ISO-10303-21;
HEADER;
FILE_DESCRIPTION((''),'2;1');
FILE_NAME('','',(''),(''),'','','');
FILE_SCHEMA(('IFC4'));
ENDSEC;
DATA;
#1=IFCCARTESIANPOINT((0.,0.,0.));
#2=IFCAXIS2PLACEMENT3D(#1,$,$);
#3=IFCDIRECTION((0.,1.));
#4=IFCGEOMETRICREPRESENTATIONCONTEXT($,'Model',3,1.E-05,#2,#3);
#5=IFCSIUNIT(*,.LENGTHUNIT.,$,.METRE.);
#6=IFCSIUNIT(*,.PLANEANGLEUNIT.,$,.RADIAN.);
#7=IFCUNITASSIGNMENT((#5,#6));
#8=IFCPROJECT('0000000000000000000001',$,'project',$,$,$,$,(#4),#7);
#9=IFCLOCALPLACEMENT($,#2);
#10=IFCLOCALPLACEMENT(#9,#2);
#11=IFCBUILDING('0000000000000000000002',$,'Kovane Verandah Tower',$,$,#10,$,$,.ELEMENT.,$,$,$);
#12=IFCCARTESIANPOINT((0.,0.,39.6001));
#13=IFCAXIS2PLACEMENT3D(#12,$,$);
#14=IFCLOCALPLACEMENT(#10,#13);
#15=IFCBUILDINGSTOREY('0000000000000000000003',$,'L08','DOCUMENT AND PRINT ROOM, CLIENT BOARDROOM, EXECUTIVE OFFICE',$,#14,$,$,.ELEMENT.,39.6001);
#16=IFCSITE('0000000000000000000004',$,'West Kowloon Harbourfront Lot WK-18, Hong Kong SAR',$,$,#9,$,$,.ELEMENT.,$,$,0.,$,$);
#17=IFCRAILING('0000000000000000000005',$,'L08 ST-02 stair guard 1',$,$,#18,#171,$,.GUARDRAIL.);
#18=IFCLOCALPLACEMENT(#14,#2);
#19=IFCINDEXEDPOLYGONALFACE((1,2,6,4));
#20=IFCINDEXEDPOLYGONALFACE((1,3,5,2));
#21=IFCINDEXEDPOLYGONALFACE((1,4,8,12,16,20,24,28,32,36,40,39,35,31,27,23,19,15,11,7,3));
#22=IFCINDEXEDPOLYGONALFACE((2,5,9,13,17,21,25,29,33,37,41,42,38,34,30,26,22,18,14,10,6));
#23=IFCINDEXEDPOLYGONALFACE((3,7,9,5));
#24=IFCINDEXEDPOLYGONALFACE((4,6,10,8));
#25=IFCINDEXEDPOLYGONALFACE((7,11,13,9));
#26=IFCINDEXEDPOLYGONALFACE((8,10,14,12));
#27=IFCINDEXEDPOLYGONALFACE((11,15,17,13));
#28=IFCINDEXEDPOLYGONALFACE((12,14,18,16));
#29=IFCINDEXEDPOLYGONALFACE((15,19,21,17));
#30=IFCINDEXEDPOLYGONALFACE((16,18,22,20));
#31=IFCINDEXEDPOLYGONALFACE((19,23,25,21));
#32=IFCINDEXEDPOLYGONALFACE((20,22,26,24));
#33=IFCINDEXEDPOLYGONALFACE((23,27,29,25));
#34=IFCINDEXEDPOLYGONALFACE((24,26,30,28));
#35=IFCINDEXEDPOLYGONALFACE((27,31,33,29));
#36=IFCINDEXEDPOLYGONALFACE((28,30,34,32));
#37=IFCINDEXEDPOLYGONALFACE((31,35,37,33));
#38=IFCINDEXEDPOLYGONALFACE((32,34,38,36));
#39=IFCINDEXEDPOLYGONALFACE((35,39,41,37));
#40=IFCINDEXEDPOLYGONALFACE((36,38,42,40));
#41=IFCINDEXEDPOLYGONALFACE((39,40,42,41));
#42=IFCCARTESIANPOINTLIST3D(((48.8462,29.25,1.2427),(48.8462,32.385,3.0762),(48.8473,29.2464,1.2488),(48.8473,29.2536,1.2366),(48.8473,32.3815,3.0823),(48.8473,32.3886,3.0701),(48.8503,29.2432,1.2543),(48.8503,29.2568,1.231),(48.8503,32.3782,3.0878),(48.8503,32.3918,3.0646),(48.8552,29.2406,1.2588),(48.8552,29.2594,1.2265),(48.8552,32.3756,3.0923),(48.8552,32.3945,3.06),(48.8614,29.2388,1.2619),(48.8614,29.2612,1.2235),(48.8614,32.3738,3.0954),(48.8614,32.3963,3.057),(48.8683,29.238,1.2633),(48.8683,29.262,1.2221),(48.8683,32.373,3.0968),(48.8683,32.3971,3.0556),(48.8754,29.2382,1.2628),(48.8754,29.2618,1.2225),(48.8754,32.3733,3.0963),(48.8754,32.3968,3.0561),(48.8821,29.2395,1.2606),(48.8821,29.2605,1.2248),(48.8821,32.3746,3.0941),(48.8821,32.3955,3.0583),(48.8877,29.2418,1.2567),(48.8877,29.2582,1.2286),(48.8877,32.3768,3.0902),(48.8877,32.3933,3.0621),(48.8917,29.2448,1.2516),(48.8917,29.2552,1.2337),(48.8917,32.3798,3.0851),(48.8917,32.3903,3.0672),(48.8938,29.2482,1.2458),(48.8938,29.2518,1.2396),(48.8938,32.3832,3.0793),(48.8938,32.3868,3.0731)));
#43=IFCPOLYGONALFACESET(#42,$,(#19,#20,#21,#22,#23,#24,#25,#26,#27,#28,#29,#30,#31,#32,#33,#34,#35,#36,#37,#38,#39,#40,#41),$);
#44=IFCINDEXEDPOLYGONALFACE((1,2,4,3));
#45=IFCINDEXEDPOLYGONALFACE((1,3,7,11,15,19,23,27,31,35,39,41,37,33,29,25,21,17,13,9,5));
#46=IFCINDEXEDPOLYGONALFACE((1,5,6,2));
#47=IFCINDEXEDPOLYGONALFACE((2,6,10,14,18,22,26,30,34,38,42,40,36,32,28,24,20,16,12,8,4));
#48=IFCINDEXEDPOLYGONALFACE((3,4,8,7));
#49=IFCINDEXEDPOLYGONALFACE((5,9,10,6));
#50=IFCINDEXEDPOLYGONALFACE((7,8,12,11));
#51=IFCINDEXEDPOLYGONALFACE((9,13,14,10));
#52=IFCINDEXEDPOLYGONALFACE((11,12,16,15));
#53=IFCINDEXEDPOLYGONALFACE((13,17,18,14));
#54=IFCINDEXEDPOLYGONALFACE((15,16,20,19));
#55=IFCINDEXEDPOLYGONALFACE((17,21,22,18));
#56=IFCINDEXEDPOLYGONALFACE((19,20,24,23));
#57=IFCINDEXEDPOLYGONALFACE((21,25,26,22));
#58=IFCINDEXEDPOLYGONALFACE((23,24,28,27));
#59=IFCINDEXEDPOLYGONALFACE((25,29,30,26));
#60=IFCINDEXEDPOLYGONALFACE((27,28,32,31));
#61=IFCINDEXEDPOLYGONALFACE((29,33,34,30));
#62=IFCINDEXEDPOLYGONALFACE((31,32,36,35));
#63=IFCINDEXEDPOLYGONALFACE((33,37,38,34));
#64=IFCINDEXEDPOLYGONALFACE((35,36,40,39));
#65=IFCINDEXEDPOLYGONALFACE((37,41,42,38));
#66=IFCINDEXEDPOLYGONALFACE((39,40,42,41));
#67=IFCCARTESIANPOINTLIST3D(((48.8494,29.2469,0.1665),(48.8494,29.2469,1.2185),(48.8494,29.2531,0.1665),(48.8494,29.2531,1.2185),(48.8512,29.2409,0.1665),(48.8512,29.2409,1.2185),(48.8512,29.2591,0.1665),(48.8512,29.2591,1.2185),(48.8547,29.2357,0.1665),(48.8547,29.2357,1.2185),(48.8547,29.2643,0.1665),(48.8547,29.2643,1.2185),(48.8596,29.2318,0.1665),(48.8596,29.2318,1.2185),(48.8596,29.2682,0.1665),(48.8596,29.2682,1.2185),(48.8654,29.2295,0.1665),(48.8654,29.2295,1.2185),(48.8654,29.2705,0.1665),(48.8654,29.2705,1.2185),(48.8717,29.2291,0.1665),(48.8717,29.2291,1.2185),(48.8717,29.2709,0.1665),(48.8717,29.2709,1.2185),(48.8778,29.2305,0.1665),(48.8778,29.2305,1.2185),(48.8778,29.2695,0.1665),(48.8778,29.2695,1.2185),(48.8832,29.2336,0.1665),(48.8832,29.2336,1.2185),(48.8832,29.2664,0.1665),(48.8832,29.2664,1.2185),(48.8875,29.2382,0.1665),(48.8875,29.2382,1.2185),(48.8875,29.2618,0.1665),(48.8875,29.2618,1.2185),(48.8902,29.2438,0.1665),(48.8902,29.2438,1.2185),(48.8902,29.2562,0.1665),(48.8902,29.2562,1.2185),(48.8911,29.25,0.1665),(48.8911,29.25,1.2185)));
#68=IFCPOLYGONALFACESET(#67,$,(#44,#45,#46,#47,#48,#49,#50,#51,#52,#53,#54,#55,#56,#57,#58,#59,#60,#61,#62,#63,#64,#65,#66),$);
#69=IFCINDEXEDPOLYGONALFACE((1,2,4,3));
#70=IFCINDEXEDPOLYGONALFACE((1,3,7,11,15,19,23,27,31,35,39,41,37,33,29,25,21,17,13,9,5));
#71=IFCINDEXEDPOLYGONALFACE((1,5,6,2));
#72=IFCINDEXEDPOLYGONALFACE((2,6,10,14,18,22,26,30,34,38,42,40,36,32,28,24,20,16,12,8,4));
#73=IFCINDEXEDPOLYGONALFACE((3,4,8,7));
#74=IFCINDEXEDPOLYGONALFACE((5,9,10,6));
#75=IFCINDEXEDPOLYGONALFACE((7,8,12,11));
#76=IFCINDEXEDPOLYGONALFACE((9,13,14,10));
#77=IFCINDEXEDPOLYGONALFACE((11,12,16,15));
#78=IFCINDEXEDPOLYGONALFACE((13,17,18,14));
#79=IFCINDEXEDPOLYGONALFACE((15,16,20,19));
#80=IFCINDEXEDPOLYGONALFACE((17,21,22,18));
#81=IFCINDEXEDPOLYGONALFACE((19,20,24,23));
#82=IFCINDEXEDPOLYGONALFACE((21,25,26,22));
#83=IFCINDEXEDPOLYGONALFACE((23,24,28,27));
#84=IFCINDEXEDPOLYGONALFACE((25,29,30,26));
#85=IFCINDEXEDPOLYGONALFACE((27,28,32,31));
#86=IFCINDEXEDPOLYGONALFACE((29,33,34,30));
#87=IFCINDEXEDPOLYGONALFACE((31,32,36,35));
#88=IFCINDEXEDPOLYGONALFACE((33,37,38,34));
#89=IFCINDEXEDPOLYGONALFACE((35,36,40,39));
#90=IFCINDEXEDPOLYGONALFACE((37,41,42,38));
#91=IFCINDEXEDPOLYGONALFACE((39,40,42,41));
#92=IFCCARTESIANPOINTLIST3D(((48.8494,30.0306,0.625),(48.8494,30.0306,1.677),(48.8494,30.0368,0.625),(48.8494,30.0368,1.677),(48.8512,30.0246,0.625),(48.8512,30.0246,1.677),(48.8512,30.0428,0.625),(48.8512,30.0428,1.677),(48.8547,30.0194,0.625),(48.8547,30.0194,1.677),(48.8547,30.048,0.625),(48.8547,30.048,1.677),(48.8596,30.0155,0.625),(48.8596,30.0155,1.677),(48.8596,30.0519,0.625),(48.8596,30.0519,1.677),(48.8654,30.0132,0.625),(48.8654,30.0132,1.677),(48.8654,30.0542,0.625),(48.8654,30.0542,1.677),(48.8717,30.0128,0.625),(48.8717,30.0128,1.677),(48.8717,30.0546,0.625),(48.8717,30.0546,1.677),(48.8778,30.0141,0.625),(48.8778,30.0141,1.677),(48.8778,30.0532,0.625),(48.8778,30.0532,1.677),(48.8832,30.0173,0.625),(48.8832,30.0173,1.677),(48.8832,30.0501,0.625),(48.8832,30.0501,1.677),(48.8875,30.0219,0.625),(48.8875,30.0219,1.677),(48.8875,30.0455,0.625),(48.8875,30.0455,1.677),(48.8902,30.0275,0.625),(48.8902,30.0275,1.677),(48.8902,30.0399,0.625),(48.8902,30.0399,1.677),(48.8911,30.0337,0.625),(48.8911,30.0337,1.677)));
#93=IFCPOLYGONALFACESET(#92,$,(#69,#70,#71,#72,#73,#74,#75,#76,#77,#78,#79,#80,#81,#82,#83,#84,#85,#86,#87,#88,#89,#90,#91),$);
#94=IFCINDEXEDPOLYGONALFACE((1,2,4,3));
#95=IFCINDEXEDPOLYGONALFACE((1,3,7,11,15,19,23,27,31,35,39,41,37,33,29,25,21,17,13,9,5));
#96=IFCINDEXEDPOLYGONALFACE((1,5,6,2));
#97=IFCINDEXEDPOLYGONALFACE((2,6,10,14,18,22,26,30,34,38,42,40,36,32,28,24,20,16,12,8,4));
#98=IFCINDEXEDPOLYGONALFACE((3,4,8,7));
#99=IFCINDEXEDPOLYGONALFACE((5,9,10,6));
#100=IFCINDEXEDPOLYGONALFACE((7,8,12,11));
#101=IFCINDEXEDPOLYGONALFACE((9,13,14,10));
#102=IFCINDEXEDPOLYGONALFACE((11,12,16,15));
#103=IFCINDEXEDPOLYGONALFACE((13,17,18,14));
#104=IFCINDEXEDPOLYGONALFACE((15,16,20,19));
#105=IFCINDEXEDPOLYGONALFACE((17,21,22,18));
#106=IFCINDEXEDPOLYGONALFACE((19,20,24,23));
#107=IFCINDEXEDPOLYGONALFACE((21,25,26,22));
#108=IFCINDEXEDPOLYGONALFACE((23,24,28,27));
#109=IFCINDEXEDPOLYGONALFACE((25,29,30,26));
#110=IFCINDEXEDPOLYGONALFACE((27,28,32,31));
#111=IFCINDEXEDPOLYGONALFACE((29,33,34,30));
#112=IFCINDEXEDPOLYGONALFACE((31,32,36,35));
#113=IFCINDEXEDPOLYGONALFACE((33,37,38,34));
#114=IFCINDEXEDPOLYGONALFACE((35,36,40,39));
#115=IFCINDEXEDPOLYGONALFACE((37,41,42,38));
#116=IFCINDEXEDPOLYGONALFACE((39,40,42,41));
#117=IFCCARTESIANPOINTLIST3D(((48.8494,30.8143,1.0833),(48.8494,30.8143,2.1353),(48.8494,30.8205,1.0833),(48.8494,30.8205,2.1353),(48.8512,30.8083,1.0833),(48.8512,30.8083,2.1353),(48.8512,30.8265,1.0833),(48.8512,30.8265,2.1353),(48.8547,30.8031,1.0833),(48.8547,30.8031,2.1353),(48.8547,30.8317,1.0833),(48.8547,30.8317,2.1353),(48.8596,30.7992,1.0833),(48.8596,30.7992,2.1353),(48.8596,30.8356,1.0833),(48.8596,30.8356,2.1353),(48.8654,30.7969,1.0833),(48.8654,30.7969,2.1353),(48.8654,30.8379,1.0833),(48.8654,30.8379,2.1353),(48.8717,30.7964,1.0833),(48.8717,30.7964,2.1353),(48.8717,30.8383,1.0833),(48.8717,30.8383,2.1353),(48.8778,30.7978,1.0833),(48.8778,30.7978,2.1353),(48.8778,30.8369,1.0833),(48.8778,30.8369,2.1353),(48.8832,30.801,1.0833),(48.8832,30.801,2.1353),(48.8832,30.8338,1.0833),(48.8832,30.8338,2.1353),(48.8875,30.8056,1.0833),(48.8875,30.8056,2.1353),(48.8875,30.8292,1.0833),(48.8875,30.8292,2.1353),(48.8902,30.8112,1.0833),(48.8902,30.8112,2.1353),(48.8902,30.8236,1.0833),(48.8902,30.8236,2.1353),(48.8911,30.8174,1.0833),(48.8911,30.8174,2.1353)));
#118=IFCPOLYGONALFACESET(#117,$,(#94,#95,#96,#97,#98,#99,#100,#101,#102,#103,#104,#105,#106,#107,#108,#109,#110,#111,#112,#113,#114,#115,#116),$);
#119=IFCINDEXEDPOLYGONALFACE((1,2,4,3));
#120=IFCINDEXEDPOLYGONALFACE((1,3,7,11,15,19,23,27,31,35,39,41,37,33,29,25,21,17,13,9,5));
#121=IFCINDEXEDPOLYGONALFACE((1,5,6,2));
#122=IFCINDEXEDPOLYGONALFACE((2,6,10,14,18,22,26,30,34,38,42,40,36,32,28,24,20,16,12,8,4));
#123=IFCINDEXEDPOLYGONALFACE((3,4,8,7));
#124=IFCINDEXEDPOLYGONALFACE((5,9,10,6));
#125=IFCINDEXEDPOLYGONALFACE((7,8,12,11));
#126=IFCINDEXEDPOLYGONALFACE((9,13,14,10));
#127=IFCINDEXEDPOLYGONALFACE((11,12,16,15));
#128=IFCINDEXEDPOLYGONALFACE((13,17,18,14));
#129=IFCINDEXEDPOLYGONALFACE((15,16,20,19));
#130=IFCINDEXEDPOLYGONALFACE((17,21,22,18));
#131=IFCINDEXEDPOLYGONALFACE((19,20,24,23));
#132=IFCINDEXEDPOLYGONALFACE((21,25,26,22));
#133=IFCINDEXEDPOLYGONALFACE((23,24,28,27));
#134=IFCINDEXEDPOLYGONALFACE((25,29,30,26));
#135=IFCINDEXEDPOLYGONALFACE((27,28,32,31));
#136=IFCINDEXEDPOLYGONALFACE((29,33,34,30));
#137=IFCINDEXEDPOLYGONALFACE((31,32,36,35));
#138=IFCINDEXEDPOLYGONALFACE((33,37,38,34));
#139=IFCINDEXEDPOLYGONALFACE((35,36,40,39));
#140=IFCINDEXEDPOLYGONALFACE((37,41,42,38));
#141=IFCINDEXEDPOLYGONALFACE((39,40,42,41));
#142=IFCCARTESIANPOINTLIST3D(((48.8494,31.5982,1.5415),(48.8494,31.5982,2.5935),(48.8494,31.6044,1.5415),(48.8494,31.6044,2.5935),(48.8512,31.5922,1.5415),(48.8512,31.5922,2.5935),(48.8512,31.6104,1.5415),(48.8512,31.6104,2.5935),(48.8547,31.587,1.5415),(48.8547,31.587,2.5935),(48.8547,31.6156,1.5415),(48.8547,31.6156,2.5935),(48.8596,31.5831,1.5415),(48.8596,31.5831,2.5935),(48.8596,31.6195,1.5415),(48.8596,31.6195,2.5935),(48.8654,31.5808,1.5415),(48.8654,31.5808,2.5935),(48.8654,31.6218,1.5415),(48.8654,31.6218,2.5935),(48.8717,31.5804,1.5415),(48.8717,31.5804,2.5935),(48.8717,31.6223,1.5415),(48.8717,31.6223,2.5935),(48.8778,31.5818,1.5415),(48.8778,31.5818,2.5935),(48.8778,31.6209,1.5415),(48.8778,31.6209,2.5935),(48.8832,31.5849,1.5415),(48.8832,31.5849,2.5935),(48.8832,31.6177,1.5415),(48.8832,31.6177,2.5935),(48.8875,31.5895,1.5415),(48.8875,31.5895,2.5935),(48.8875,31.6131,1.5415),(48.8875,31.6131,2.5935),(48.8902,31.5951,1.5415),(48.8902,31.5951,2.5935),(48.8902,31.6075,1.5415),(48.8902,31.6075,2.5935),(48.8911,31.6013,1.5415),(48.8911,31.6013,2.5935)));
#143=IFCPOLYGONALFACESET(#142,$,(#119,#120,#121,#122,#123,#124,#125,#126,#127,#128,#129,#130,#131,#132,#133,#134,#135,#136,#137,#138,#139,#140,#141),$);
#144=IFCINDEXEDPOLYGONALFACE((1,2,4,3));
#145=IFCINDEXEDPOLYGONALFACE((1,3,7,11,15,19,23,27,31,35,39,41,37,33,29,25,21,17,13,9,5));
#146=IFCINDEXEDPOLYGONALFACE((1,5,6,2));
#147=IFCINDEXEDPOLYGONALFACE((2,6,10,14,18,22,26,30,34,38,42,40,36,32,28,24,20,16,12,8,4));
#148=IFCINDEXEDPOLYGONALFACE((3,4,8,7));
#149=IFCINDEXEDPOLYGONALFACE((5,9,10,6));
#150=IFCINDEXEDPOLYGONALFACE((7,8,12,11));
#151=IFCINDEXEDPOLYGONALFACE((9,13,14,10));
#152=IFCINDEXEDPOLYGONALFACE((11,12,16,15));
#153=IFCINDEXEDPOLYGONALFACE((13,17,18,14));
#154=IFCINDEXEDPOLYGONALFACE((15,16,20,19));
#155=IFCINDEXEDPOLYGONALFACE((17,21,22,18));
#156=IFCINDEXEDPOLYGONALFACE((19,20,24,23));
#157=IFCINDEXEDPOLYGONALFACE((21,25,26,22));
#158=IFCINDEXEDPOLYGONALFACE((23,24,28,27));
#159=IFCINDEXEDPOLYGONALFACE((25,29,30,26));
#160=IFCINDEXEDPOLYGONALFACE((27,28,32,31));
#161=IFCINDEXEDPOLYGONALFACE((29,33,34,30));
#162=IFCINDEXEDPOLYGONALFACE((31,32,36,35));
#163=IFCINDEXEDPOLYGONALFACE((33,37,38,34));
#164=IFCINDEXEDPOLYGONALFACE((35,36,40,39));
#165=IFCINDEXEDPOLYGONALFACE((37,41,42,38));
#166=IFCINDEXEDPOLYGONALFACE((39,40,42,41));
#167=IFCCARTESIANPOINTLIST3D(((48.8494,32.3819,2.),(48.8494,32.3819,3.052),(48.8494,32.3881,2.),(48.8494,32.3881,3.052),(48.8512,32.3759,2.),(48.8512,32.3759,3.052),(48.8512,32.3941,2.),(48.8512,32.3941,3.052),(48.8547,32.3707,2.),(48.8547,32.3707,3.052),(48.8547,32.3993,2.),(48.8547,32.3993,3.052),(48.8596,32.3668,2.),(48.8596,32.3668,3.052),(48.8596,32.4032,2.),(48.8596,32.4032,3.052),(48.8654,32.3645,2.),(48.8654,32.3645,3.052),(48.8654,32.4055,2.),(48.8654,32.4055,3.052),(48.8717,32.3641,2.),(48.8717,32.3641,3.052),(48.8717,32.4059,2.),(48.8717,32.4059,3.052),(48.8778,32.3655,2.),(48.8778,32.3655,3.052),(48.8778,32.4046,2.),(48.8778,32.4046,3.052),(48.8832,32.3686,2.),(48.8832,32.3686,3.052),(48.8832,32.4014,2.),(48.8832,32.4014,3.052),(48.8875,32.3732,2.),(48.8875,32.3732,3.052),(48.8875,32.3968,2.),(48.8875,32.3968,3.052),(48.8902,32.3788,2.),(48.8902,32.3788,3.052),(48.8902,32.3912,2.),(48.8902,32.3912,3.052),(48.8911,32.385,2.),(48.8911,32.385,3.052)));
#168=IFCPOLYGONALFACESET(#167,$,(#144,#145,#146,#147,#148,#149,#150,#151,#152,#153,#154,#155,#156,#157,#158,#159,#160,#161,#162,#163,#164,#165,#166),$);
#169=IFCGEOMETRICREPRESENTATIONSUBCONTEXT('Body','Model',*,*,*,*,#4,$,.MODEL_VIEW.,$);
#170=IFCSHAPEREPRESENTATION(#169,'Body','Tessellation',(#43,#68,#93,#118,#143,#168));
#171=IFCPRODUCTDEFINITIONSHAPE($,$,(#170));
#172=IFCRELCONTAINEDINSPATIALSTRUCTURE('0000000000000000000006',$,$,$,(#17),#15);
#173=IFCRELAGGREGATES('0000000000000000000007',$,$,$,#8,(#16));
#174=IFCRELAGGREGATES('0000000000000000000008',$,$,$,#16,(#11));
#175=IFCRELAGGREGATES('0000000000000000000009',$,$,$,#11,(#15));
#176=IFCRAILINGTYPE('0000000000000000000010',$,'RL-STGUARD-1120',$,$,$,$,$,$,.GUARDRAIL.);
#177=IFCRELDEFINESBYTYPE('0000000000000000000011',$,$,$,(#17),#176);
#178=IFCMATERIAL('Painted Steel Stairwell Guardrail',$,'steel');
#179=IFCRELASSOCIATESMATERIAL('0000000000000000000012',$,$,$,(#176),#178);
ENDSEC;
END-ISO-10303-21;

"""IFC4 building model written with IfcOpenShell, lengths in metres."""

from ifc_helpers import new_model, si_unit, direction, frame, origin, origin_2d, place, context, subcontext, project, spatial, circle, extrude, material, type_object, element, save


model = new_model("IFC4")

# Units and contexts
model_context = context("Model", 3, precision=1e-05, world=origin(), true_north=direction((0.0, 1.0)))
body_context = subcontext(model_context, "Body", "Model", "MODEL_VIEW")
ifc_project = project(units=[si_unit("LENGTHUNIT", "METRE"), si_unit("PLANEANGLEUNIT", "RADIAN")], contexts=[model_context])

# Site, building, storey
site_placement = place(None, origin())
site = spatial("IfcSite", under=ifc_project, at=site_placement, Name="West Kowloon Harbourfront Lot WK-18, Hong Kong SAR", CompositionType="ELEMENT", RefElevation=0.0)
building_placement = place(site_placement, origin())
building = spatial("IfcBuilding", under=site, at=building_placement, Name="Kovane Verandah Tower", CompositionType="ELEMENT")
storey_placement = place(building_placement, frame((0.0, 0.0, 39.6001)))
storey = spatial("IfcBuildingStorey", under=building, at=storey_placement, Name="L08", Description="DOCUMENT AND PRINT ROOM, CLIENT BOARDROOM, EXECUTIVE OFFICE", CompositionType="ELEMENT", Elevation=39.6001)

# Railing
ifc_material_1 = material(Name="Painted Steel Stairwell Guardrail", Category="steel")
railing_type_1 = type_object("IfcRailingType", Name="RL-STGUARD-1120", PredefinedType="GUARDRAIL", material=ifc_material_1)
railing_1_placement = place(storey_placement, frame((48.8701, 29.25, 0.1665)))
element("IfcRailing", 1, at=railing_1_placement, inside=storey, type_object=railing_type_1, Name="L08 ST-02 stair guard 1", PredefinedType="GUARDRAIL", context=body_context, shape_type="SweptSolid", body=[
    extrude(circle(Radius=0.0239, at=origin_2d()), frame((0.0, 0.0, 1.0762), z_axis=(0.0, 0.86321, 0.504845), x_axis=(-1.0, 0.0, 0.0)), (0.0, 0.0, 1.0), 3.6318),
    extrude(circle(Radius=0.021, at=origin_2d()), origin(), (0.0, 0.0, 1.0), 1.052),
    extrude(circle(Radius=0.021, at=origin_2d()), frame((0.0, 0.7837, 0.4585)), (0.0, 0.0, 1.0), 1.052),
    extrude(circle(Radius=0.021, at=origin_2d()), frame((0.0, 1.5674, 0.9167)), (0.0, 0.0, 1.0), 1.052),
    extrude(circle(Radius=0.021, at=origin_2d()), frame((0.0, 2.3513, 1.375)), (0.0, 0.0, 1.0), 1.052),
    extrude(circle(Radius=0.021, at=origin_2d()), frame((0.0, 3.135, 1.8335)), (0.0, 0.0, 1.0), 1.052),
])

save(model, "model.ifc")
